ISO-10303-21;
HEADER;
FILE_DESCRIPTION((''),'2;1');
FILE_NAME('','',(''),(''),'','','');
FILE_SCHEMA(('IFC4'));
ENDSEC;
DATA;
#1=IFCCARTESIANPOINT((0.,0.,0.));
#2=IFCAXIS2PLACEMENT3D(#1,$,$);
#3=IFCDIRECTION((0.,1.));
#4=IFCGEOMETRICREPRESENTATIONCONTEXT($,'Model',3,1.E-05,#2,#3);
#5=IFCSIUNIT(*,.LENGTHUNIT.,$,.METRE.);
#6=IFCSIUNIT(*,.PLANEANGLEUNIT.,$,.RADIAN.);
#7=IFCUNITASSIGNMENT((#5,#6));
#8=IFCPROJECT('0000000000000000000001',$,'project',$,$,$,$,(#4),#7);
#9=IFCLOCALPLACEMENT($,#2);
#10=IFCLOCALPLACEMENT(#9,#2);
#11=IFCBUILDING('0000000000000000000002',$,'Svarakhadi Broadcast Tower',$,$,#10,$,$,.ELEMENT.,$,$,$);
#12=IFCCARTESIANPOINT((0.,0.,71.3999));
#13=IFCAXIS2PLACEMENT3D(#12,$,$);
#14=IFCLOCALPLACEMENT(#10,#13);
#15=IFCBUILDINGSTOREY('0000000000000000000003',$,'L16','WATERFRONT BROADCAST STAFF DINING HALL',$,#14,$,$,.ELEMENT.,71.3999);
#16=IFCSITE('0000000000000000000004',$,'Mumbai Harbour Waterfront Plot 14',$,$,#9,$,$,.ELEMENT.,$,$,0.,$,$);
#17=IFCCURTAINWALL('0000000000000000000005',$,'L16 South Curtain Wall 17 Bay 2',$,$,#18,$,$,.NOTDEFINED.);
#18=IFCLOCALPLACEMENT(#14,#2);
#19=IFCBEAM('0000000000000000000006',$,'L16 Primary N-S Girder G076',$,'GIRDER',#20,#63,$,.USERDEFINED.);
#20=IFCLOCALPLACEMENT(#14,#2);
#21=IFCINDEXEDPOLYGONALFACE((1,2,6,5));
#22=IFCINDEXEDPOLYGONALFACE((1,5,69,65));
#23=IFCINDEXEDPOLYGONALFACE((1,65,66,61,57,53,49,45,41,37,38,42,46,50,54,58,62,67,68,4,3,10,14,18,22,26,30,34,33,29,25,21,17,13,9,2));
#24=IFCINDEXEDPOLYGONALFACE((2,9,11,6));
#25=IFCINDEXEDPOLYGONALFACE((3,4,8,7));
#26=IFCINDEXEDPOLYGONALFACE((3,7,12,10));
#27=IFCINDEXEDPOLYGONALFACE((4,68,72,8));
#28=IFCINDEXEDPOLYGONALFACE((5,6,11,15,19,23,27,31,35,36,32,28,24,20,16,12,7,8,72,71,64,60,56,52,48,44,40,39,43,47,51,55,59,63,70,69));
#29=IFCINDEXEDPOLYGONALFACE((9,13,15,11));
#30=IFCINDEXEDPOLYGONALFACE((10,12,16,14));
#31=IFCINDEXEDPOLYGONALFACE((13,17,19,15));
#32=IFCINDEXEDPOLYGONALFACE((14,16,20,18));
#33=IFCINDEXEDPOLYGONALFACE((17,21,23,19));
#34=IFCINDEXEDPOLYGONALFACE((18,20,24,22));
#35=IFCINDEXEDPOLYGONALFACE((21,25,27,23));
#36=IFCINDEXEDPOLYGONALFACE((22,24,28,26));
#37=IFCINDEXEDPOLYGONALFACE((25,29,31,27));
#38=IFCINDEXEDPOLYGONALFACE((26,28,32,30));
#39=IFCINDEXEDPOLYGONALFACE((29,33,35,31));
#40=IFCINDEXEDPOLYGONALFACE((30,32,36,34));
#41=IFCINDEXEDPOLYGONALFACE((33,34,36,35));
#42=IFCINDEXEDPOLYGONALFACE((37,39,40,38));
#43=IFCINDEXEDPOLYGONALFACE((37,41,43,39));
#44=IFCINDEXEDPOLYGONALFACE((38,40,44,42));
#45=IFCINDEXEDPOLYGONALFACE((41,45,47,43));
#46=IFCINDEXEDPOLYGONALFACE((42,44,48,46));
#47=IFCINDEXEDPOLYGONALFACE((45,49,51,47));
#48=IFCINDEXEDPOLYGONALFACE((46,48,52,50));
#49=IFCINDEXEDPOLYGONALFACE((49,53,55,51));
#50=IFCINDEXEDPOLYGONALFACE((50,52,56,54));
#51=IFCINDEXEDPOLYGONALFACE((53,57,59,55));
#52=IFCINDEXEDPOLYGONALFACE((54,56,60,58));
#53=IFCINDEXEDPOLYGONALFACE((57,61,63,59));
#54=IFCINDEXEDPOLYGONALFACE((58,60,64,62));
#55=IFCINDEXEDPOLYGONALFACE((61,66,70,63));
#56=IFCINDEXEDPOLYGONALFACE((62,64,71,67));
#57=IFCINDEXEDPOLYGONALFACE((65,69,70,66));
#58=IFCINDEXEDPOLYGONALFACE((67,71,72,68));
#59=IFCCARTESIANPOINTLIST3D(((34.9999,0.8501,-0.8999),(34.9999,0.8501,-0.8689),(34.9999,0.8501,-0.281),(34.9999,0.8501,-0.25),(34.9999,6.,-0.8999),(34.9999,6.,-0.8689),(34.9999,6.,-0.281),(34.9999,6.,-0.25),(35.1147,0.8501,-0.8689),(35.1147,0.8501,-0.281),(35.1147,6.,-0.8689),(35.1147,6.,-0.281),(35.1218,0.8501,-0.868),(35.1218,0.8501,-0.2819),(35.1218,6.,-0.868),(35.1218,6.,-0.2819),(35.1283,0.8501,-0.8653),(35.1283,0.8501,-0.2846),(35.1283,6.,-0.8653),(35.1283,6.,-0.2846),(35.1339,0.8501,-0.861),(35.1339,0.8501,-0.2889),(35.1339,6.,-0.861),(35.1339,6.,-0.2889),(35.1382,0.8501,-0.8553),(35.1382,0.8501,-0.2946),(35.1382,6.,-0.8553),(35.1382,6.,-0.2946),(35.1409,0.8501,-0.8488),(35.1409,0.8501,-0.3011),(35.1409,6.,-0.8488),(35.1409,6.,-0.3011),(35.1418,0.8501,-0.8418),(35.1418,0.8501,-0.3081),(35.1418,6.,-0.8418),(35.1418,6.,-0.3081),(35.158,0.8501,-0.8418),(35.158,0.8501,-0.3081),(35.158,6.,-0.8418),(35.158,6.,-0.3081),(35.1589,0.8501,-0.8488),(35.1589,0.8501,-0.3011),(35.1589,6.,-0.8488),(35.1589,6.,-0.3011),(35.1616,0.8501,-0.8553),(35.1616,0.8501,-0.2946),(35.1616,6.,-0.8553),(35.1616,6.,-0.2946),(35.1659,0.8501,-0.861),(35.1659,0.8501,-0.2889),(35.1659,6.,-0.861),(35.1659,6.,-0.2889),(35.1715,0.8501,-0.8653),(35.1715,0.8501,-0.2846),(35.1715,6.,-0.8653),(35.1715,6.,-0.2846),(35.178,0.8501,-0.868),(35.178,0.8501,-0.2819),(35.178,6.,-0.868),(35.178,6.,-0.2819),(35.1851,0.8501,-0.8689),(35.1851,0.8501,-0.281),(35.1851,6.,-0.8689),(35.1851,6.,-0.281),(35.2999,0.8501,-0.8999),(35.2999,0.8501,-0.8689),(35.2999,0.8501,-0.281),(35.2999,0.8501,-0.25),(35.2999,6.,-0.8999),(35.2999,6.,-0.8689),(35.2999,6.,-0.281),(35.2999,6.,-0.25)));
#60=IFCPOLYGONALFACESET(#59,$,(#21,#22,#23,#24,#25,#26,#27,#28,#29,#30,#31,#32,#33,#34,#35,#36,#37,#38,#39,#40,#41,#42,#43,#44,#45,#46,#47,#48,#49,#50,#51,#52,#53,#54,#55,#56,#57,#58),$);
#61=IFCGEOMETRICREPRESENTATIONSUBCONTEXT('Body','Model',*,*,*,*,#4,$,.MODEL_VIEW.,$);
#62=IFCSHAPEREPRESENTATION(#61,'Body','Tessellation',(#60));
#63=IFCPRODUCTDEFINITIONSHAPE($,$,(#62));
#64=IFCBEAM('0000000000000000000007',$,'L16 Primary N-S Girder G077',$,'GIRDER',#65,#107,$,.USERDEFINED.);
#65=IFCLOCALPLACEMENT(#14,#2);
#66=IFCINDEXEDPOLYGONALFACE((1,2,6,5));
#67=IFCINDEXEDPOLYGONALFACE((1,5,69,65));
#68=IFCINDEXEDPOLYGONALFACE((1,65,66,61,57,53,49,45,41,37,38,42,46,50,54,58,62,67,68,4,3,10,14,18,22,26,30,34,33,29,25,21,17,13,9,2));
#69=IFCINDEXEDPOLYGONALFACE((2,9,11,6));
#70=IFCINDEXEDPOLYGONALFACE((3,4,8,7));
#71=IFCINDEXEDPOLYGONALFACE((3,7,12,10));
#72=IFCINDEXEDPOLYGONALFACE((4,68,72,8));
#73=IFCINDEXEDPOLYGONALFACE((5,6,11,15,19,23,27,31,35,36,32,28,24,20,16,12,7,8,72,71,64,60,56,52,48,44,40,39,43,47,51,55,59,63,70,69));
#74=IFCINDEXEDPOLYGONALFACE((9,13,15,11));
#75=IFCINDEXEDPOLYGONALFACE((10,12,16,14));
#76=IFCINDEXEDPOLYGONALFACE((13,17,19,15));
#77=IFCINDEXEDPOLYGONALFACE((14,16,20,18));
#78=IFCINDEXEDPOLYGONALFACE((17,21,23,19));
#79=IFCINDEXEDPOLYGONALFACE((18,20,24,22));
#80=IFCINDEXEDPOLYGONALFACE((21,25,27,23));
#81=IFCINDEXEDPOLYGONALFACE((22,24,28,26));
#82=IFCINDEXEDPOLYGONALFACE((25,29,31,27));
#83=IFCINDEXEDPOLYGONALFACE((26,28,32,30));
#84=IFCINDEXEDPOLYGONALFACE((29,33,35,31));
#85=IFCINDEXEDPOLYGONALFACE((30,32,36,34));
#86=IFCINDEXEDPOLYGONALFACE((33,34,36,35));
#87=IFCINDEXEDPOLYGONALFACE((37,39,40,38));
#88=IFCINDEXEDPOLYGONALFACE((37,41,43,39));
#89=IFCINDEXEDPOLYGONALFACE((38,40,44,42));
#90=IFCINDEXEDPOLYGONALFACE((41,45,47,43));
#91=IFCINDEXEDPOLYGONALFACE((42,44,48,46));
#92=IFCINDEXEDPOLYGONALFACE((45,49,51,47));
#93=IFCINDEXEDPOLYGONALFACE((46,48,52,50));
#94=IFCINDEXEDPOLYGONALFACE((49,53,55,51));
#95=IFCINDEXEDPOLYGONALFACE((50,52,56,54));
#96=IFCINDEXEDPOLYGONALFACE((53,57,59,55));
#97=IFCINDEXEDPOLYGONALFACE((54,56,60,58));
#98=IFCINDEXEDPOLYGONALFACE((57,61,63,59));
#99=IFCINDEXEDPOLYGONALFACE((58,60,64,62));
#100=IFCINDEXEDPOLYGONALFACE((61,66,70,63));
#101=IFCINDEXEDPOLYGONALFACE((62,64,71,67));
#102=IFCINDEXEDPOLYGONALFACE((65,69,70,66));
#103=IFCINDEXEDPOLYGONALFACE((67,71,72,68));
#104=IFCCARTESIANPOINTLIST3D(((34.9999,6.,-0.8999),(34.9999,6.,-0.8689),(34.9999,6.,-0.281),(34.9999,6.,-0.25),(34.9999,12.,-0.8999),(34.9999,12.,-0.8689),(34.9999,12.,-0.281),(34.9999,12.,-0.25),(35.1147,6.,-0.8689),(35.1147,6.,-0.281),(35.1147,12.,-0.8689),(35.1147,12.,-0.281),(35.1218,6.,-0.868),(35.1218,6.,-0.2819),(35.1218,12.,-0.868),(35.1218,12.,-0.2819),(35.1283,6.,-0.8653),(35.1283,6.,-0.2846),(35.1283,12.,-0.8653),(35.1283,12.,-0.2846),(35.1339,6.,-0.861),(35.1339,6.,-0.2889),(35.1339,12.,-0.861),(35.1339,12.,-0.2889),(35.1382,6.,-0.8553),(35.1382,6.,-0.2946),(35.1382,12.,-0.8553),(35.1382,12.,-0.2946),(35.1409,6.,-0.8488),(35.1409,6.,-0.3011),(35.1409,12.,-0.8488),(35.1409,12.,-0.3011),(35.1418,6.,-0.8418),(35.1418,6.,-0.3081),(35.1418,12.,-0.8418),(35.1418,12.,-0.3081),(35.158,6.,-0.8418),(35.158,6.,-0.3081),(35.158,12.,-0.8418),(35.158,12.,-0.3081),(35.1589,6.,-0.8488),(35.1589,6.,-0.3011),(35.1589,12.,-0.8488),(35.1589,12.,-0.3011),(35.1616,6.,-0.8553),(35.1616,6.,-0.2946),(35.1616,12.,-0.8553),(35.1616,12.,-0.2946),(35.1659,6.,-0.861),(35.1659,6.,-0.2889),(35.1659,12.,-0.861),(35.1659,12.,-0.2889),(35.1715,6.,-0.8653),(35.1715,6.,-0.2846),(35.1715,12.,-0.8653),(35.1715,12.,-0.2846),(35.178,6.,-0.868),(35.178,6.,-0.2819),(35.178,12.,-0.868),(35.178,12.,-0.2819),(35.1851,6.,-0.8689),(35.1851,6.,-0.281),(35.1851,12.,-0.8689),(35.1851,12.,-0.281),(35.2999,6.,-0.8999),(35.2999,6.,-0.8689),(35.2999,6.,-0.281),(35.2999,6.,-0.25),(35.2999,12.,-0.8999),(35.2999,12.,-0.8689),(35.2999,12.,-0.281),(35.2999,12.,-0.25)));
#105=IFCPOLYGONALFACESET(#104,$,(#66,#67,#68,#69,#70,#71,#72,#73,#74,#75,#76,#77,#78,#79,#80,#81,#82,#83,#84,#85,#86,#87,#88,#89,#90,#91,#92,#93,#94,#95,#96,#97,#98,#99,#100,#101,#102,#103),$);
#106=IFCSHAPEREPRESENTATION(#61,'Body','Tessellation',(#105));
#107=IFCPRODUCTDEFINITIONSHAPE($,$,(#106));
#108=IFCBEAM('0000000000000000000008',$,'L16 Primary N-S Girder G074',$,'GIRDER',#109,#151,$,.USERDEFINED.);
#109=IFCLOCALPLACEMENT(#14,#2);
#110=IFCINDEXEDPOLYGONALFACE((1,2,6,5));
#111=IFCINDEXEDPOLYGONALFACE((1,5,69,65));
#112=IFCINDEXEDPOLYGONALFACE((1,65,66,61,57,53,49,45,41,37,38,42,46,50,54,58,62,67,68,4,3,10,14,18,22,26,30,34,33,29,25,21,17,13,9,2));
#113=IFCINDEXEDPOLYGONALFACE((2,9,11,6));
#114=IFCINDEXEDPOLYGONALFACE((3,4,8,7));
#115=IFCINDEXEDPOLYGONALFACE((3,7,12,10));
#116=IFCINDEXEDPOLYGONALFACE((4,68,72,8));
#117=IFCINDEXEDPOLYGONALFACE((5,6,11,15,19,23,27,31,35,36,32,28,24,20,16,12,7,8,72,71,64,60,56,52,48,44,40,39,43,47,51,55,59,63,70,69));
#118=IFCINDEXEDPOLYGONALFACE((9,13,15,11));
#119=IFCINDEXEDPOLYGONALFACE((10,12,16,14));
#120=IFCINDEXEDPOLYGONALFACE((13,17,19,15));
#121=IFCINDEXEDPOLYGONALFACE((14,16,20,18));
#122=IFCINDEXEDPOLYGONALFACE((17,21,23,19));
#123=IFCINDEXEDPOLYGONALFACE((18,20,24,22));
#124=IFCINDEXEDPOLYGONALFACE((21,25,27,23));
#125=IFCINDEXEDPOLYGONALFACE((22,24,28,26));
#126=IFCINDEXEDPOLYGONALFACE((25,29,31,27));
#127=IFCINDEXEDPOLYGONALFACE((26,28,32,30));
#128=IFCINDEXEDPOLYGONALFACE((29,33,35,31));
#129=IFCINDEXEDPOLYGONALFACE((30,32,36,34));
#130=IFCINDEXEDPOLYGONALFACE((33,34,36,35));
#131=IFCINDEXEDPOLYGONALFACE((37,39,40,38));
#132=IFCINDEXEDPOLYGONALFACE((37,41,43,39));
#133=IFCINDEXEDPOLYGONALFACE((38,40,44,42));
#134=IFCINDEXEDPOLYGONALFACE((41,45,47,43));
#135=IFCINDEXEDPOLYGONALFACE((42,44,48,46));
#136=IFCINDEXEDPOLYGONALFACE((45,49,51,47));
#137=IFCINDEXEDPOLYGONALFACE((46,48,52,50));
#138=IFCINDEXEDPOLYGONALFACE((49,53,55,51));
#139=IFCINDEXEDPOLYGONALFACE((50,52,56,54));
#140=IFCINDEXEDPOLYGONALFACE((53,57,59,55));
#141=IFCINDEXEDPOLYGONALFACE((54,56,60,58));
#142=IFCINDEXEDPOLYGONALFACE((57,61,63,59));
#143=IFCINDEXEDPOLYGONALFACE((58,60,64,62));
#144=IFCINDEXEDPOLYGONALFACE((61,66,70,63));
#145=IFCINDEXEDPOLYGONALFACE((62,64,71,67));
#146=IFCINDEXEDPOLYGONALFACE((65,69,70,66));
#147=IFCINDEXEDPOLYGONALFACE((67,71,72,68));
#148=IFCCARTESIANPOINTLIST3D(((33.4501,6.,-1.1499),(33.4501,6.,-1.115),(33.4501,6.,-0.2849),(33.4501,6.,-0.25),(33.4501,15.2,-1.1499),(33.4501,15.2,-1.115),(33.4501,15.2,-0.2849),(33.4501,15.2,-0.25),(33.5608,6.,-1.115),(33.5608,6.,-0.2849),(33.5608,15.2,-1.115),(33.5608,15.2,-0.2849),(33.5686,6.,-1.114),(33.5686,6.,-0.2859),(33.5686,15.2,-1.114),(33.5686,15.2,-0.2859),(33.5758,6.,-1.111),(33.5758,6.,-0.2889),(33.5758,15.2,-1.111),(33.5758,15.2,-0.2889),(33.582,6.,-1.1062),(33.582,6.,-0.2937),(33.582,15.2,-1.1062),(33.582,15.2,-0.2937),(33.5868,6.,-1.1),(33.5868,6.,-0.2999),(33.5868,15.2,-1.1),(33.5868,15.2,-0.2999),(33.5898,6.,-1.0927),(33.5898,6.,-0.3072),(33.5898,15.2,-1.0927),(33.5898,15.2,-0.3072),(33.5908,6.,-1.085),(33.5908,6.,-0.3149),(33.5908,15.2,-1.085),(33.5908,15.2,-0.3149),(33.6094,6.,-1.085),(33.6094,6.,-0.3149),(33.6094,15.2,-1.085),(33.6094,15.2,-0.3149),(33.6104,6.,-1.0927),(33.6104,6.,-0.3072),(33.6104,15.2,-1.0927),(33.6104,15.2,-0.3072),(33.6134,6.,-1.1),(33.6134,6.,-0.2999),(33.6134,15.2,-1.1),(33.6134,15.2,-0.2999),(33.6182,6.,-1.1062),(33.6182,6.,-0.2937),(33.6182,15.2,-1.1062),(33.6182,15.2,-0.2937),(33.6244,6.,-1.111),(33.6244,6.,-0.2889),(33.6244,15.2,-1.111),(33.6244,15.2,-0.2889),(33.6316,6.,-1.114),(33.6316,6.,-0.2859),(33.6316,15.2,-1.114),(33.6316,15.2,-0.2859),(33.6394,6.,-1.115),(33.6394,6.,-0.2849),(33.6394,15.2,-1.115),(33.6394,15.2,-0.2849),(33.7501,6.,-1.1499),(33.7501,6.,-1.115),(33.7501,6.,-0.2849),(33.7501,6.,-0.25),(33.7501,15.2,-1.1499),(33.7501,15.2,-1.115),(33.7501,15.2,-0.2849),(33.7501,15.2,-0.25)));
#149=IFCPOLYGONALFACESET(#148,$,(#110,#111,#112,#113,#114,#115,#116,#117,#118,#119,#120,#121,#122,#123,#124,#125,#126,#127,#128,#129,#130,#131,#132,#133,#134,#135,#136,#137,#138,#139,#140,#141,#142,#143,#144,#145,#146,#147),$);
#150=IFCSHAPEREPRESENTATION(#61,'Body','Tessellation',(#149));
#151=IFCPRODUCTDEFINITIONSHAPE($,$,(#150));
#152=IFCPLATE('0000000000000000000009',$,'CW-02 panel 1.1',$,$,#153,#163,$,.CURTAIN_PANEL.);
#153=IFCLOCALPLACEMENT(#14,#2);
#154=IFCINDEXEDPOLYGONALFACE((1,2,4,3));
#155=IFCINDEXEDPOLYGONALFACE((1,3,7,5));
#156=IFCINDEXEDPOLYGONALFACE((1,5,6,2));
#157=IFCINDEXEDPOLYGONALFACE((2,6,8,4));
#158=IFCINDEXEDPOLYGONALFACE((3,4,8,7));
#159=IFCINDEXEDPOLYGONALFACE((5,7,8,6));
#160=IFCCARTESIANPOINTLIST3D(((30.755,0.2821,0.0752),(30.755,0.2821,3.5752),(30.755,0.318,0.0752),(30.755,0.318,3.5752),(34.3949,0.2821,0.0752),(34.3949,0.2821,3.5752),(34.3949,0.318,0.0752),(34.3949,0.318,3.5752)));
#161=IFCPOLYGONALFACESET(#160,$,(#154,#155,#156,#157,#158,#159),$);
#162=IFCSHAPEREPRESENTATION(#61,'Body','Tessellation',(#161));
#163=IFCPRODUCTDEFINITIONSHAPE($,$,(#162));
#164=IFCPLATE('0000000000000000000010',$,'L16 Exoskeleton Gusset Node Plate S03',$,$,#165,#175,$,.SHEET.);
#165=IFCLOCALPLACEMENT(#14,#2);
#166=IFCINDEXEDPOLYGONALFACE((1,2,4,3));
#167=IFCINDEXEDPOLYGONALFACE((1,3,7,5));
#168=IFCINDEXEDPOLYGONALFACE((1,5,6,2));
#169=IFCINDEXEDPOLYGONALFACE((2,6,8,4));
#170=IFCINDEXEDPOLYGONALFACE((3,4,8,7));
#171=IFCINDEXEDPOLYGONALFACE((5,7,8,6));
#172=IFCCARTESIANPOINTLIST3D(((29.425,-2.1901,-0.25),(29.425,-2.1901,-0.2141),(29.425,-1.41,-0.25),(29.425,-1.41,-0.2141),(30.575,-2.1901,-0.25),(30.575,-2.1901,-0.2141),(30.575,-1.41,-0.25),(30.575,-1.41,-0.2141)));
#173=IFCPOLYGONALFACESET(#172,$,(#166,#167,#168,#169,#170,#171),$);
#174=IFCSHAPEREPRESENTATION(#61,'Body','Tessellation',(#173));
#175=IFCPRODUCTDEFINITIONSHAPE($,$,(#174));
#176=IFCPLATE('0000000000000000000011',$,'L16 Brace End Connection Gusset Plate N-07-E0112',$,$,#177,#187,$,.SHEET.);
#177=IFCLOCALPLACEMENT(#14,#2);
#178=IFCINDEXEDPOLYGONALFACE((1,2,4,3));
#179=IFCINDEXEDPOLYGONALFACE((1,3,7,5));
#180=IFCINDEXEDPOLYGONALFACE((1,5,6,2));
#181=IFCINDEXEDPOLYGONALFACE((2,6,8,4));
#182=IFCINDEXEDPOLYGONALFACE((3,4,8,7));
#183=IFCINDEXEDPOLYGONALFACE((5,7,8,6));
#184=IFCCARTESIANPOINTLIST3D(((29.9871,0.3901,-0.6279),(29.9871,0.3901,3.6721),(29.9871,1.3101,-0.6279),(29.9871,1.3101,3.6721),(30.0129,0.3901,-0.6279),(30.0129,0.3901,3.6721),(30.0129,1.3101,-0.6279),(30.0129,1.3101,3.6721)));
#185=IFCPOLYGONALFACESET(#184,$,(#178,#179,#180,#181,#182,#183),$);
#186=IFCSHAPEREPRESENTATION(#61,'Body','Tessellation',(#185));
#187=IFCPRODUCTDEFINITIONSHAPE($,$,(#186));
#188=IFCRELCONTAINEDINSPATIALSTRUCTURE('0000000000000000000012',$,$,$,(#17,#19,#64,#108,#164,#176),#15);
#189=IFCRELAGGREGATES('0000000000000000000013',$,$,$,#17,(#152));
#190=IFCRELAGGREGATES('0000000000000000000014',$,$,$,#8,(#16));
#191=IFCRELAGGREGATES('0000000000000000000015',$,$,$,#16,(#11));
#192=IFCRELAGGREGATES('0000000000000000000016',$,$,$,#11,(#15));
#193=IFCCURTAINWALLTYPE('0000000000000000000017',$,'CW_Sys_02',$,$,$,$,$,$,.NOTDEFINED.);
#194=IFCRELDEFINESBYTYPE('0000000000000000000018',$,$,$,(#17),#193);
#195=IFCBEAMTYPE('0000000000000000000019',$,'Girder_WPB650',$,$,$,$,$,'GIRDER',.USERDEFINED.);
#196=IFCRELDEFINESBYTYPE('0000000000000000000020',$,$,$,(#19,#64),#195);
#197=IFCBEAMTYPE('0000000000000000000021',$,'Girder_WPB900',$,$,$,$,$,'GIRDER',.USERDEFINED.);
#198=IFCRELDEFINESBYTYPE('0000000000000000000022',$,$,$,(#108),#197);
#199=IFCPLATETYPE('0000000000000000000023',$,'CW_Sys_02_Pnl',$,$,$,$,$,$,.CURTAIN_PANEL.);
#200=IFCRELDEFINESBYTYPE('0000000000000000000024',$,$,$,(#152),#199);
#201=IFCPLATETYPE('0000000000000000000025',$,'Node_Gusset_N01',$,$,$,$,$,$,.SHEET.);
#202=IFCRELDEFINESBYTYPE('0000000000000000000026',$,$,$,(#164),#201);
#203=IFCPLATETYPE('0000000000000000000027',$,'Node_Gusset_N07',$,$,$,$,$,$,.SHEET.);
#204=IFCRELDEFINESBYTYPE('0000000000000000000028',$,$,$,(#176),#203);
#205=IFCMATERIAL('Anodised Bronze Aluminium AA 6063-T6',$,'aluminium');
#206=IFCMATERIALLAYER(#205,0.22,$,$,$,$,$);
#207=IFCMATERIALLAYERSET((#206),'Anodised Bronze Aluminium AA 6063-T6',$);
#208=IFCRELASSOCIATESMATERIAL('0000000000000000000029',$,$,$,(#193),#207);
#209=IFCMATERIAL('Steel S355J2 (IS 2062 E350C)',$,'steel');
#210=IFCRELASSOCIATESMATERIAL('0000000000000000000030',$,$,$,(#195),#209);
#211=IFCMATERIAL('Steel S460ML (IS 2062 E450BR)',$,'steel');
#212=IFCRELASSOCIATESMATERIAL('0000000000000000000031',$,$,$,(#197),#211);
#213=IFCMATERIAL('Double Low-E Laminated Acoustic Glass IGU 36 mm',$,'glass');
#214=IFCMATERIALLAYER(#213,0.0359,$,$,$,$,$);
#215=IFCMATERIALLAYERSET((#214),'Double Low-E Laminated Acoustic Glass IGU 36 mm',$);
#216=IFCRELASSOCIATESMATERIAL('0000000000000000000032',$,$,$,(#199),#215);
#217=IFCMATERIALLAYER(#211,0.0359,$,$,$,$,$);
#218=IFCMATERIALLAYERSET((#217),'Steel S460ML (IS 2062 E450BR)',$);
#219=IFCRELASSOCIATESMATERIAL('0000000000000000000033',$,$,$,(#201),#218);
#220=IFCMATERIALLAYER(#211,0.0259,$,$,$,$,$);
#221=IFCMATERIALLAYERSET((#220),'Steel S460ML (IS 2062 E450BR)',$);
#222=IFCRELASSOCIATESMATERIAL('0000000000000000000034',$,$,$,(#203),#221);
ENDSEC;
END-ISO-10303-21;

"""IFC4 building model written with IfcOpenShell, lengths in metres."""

from ifc_helpers import new_model, si_unit, direction, frame, origin, origin_2d, place, context, subcontext, project, spatial, rectangle, i_section, extrude, material, layer, layer_set, material_profile, profile_set, type_object, element, aggregate, save


model = new_model("IFC4")

# Units and contexts
model_context = context("Model", 3, precision=1e-05, world=origin(), true_north=direction((0.0, 1.0)))
body_context = subcontext(model_context, "Body", "Model", "MODEL_VIEW")
ifc_project = project(units=[si_unit("LENGTHUNIT", "METRE"), si_unit("PLANEANGLEUNIT", "RADIAN")], contexts=[model_context])

# Site, building, storey
site_placement = place(None, origin())
site = spatial("IfcSite", under=ifc_project, at=site_placement, Name="Mumbai Harbour Waterfront Plot 14", CompositionType="ELEMENT", RefElevation=0.0)
building_placement = place(site_placement, origin())
building = spatial("IfcBuilding", under=site, at=building_placement, Name="Svarakhadi Broadcast Tower", CompositionType="ELEMENT")
storey_placement = place(building_placement, frame((0.0, 0.0, 71.3999)))
storey = spatial("IfcBuildingStorey", under=building, at=storey_placement, Name="L16", Description="WATERFRONT BROADCAST STAFF DINING HALL", CompositionType="ELEMENT", Elevation=71.3999)

# Shared definitions
ifc_material_1 = material(Name="Steel S460ML (IS 2062 E450BR)", Category="steel")

# Curtain wall
ifc_material_2 = material(Name="Anodised Bronze Aluminium AA 6063-T6", Category="aluminium")
ifc_layer_1 = layer(ifc_material_2, 0.22)
ifc_layer_set_1 = layer_set([ifc_layer_1], Name="Anodised Bronze Aluminium AA 6063-T6")
curtain_wall_type = type_object("IfcCurtainWallType", Name="CW_Sys_02", PredefinedType="NOTDEFINED", material=ifc_layer_set_1)
curtain_wall_1_placement = place(storey_placement, origin())
curtain_wall_1 = element("IfcCurtainWall", 1, at=curtain_wall_1_placement, inside=storey, type_object=curtain_wall_type, Name="L16 South Curtain Wall 17 Bay 2", PredefinedType="NOTDEFINED")

# Beams
ifc_material_3 = material(Name="Steel S355J2 (IS 2062 E350C)", Category="steel")
ifc_material_profile_1 = material_profile(ifc_material_3, i_section(OverallWidth=0.3, OverallDepth=0.6499, WebThickness=0.0161, FlangeThickness=0.031, FilletRadius=0.0271, at=origin_2d()), Name="WPB 650x300x225")
ifc_profile_set_1 = profile_set([ifc_material_profile_1], Name="Steel S355J2 (IS 2062 E350C)")
beam_type_1 = type_object("IfcBeamType", Name="Girder_WPB650", ElementType="GIRDER", PredefinedType="USERDEFINED", material=ifc_profile_set_1)
beam_1_placement = place(storey_placement, frame((35.1499, 0.8501, -0.575), z_axis=(0.0, 1.0, 0.0), x_axis=(-1.0, 0.0, 0.0)))
element("IfcBeam", 2, at=beam_1_placement, inside=storey, type_object=beam_type_1, Name="L16 Primary N-S Girder G076", ObjectType="GIRDER", PredefinedType="USERDEFINED", context=body_context, shape_type="SweptSolid", body=[
    extrude(i_section(OverallWidth=0.3, OverallDepth=0.6499, WebThickness=0.0161, FlangeThickness=0.031, FilletRadius=0.0271, at=origin_2d()), origin(), (0.0, 0.0, 1.0), 5.1499),
])
beam_2_placement = place(storey_placement, frame((35.1499, 6.0, -0.575), z_axis=(0.0, 1.0, 0.0), x_axis=(-1.0, 0.0, 0.0)))
element("IfcBeam", 3, at=beam_2_placement, inside=storey, type_object=beam_type_1, Name="L16 Primary N-S Girder G077", ObjectType="GIRDER", PredefinedType="USERDEFINED", context=body_context, shape_type="SweptSolid", body=[
    extrude(i_section(OverallWidth=0.3, OverallDepth=0.6499, WebThickness=0.0161, FlangeThickness=0.031, FilletRadius=0.0271, at=origin_2d()), origin(), (0.0, 0.0, 1.0), 6.0),
])
ifc_material_profile_2 = material_profile(ifc_material_1, i_section(OverallWidth=0.3, OverallDepth=0.8999, WebThickness=0.0186, FlangeThickness=0.0349, FilletRadius=0.03, at=origin_2d()), Name="WPB 900x300x291")
ifc_profile_set_2 = profile_set([ifc_material_profile_2], Name="Steel S460ML (IS 2062 E450BR)")
beam_type_2 = type_object("IfcBeamType", Name="Girder_WPB900", ElementType="GIRDER", PredefinedType="USERDEFINED", material=ifc_profile_set_2)
beam_3_placement = place(storey_placement, frame((33.6001, 6.0, -0.7), z_axis=(0.0, 1.0, 0.0), x_axis=(-1.0, 0.0, 0.0)))
element("IfcBeam", 4, at=beam_3_placement, inside=storey, type_object=beam_type_2, Name="L16 Primary N-S Girder G074", ObjectType="GIRDER", PredefinedType="USERDEFINED", context=body_context, shape_type="SweptSolid", body=[
    extrude(i_section(OverallWidth=0.3, OverallDepth=0.8999, WebThickness=0.0186, FlangeThickness=0.0349, FilletRadius=0.03, at=origin_2d()), origin(), (0.0, 0.0, 1.0), 9.2),
])

# Plate
ifc_material_4 = material(Name="Double Low-E Laminated Acoustic Glass IGU 36 mm", Category="glass")
ifc_layer_2 = layer(ifc_material_4, 0.0359)
ifc_layer_set_2 = layer_set([ifc_layer_2], Name="Double Low-E Laminated Acoustic Glass IGU 36 mm")
plate_type_1 = type_object("IfcPlateType", Name="CW_Sys_02_Pnl", PredefinedType="CURTAIN_PANEL", material=ifc_layer_set_2)
plate_1_placement = place(storey_placement, frame((32.575, 0.3, 0.0752), z_axis=(0.0, 0.0, 1.0), x_axis=(-1.0, 0.0, 0.0)))
plate_1 = element("IfcPlate", 5, at=plate_1_placement, type_object=plate_type_1, Name="CW-02 panel 1.1", PredefinedType="CURTAIN_PANEL", context=body_context, shape_type="SweptSolid", body=[
    extrude(rectangle(XDim=3.6399, YDim=0.0359, at=origin_2d()), origin(), (0.0, 0.0, 1.0), 3.5),
])
aggregate(curtain_wall_1, [plate_1])

# Plates
ifc_layer_3 = layer(ifc_material_1, 0.0359)
ifc_layer_set_3 = layer_set([ifc_layer_3], Name="Steel S460ML (IS 2062 E450BR)")
plate_type_2 = type_object("IfcPlateType", Name="Node_Gusset_N01", PredefinedType="SHEET", material=ifc_layer_set_3)
plate_2_placement = place(storey_placement, frame((30.0, -1.8, -0.25), z_axis=(0.0, 0.0, 1.0), x_axis=(1.0, 0.0, 0.0)))
element("IfcPlate", 6, at=plate_2_placement, inside=storey, type_object=plate_type_2, Name="L16 Exoskeleton Gusset Node Plate S03", PredefinedType="SHEET", context=body_context, shape_type="SweptSolid", body=[
    extrude(rectangle(XDim=1.1499, YDim=0.78, at=origin_2d()), origin(), (0.0, 0.0, 1.0), 0.0359),
])
ifc_layer_4 = layer(ifc_material_1, 0.0259)
ifc_layer_set_4 = layer_set([ifc_layer_4], Name="Steel S460ML (IS 2062 E450BR)")
plate_type_3 = type_object("IfcPlateType", Name="Node_Gusset_N07", PredefinedType="SHEET", material=ifc_layer_set_4)
plate_3_placement = place(storey_placement, frame((30.0, 0.8501, -0.6279), z_axis=(0.0, 0.0, 1.0), x_axis=(0.0, 1.0, 0.0)))
element("IfcPlate", 7, at=plate_3_placement, inside=storey, type_object=plate_type_3, Name="L16 Brace End Connection Gusset Plate N-07-E0112", PredefinedType="SHEET", context=body_context, shape_type="SweptSolid", body=[
    extrude(rectangle(XDim=0.9199, YDim=0.0259, at=origin_2d()), origin(), (0.0, 0.0, 1.0), 4.3),
])

save(model, "model.ifc")
